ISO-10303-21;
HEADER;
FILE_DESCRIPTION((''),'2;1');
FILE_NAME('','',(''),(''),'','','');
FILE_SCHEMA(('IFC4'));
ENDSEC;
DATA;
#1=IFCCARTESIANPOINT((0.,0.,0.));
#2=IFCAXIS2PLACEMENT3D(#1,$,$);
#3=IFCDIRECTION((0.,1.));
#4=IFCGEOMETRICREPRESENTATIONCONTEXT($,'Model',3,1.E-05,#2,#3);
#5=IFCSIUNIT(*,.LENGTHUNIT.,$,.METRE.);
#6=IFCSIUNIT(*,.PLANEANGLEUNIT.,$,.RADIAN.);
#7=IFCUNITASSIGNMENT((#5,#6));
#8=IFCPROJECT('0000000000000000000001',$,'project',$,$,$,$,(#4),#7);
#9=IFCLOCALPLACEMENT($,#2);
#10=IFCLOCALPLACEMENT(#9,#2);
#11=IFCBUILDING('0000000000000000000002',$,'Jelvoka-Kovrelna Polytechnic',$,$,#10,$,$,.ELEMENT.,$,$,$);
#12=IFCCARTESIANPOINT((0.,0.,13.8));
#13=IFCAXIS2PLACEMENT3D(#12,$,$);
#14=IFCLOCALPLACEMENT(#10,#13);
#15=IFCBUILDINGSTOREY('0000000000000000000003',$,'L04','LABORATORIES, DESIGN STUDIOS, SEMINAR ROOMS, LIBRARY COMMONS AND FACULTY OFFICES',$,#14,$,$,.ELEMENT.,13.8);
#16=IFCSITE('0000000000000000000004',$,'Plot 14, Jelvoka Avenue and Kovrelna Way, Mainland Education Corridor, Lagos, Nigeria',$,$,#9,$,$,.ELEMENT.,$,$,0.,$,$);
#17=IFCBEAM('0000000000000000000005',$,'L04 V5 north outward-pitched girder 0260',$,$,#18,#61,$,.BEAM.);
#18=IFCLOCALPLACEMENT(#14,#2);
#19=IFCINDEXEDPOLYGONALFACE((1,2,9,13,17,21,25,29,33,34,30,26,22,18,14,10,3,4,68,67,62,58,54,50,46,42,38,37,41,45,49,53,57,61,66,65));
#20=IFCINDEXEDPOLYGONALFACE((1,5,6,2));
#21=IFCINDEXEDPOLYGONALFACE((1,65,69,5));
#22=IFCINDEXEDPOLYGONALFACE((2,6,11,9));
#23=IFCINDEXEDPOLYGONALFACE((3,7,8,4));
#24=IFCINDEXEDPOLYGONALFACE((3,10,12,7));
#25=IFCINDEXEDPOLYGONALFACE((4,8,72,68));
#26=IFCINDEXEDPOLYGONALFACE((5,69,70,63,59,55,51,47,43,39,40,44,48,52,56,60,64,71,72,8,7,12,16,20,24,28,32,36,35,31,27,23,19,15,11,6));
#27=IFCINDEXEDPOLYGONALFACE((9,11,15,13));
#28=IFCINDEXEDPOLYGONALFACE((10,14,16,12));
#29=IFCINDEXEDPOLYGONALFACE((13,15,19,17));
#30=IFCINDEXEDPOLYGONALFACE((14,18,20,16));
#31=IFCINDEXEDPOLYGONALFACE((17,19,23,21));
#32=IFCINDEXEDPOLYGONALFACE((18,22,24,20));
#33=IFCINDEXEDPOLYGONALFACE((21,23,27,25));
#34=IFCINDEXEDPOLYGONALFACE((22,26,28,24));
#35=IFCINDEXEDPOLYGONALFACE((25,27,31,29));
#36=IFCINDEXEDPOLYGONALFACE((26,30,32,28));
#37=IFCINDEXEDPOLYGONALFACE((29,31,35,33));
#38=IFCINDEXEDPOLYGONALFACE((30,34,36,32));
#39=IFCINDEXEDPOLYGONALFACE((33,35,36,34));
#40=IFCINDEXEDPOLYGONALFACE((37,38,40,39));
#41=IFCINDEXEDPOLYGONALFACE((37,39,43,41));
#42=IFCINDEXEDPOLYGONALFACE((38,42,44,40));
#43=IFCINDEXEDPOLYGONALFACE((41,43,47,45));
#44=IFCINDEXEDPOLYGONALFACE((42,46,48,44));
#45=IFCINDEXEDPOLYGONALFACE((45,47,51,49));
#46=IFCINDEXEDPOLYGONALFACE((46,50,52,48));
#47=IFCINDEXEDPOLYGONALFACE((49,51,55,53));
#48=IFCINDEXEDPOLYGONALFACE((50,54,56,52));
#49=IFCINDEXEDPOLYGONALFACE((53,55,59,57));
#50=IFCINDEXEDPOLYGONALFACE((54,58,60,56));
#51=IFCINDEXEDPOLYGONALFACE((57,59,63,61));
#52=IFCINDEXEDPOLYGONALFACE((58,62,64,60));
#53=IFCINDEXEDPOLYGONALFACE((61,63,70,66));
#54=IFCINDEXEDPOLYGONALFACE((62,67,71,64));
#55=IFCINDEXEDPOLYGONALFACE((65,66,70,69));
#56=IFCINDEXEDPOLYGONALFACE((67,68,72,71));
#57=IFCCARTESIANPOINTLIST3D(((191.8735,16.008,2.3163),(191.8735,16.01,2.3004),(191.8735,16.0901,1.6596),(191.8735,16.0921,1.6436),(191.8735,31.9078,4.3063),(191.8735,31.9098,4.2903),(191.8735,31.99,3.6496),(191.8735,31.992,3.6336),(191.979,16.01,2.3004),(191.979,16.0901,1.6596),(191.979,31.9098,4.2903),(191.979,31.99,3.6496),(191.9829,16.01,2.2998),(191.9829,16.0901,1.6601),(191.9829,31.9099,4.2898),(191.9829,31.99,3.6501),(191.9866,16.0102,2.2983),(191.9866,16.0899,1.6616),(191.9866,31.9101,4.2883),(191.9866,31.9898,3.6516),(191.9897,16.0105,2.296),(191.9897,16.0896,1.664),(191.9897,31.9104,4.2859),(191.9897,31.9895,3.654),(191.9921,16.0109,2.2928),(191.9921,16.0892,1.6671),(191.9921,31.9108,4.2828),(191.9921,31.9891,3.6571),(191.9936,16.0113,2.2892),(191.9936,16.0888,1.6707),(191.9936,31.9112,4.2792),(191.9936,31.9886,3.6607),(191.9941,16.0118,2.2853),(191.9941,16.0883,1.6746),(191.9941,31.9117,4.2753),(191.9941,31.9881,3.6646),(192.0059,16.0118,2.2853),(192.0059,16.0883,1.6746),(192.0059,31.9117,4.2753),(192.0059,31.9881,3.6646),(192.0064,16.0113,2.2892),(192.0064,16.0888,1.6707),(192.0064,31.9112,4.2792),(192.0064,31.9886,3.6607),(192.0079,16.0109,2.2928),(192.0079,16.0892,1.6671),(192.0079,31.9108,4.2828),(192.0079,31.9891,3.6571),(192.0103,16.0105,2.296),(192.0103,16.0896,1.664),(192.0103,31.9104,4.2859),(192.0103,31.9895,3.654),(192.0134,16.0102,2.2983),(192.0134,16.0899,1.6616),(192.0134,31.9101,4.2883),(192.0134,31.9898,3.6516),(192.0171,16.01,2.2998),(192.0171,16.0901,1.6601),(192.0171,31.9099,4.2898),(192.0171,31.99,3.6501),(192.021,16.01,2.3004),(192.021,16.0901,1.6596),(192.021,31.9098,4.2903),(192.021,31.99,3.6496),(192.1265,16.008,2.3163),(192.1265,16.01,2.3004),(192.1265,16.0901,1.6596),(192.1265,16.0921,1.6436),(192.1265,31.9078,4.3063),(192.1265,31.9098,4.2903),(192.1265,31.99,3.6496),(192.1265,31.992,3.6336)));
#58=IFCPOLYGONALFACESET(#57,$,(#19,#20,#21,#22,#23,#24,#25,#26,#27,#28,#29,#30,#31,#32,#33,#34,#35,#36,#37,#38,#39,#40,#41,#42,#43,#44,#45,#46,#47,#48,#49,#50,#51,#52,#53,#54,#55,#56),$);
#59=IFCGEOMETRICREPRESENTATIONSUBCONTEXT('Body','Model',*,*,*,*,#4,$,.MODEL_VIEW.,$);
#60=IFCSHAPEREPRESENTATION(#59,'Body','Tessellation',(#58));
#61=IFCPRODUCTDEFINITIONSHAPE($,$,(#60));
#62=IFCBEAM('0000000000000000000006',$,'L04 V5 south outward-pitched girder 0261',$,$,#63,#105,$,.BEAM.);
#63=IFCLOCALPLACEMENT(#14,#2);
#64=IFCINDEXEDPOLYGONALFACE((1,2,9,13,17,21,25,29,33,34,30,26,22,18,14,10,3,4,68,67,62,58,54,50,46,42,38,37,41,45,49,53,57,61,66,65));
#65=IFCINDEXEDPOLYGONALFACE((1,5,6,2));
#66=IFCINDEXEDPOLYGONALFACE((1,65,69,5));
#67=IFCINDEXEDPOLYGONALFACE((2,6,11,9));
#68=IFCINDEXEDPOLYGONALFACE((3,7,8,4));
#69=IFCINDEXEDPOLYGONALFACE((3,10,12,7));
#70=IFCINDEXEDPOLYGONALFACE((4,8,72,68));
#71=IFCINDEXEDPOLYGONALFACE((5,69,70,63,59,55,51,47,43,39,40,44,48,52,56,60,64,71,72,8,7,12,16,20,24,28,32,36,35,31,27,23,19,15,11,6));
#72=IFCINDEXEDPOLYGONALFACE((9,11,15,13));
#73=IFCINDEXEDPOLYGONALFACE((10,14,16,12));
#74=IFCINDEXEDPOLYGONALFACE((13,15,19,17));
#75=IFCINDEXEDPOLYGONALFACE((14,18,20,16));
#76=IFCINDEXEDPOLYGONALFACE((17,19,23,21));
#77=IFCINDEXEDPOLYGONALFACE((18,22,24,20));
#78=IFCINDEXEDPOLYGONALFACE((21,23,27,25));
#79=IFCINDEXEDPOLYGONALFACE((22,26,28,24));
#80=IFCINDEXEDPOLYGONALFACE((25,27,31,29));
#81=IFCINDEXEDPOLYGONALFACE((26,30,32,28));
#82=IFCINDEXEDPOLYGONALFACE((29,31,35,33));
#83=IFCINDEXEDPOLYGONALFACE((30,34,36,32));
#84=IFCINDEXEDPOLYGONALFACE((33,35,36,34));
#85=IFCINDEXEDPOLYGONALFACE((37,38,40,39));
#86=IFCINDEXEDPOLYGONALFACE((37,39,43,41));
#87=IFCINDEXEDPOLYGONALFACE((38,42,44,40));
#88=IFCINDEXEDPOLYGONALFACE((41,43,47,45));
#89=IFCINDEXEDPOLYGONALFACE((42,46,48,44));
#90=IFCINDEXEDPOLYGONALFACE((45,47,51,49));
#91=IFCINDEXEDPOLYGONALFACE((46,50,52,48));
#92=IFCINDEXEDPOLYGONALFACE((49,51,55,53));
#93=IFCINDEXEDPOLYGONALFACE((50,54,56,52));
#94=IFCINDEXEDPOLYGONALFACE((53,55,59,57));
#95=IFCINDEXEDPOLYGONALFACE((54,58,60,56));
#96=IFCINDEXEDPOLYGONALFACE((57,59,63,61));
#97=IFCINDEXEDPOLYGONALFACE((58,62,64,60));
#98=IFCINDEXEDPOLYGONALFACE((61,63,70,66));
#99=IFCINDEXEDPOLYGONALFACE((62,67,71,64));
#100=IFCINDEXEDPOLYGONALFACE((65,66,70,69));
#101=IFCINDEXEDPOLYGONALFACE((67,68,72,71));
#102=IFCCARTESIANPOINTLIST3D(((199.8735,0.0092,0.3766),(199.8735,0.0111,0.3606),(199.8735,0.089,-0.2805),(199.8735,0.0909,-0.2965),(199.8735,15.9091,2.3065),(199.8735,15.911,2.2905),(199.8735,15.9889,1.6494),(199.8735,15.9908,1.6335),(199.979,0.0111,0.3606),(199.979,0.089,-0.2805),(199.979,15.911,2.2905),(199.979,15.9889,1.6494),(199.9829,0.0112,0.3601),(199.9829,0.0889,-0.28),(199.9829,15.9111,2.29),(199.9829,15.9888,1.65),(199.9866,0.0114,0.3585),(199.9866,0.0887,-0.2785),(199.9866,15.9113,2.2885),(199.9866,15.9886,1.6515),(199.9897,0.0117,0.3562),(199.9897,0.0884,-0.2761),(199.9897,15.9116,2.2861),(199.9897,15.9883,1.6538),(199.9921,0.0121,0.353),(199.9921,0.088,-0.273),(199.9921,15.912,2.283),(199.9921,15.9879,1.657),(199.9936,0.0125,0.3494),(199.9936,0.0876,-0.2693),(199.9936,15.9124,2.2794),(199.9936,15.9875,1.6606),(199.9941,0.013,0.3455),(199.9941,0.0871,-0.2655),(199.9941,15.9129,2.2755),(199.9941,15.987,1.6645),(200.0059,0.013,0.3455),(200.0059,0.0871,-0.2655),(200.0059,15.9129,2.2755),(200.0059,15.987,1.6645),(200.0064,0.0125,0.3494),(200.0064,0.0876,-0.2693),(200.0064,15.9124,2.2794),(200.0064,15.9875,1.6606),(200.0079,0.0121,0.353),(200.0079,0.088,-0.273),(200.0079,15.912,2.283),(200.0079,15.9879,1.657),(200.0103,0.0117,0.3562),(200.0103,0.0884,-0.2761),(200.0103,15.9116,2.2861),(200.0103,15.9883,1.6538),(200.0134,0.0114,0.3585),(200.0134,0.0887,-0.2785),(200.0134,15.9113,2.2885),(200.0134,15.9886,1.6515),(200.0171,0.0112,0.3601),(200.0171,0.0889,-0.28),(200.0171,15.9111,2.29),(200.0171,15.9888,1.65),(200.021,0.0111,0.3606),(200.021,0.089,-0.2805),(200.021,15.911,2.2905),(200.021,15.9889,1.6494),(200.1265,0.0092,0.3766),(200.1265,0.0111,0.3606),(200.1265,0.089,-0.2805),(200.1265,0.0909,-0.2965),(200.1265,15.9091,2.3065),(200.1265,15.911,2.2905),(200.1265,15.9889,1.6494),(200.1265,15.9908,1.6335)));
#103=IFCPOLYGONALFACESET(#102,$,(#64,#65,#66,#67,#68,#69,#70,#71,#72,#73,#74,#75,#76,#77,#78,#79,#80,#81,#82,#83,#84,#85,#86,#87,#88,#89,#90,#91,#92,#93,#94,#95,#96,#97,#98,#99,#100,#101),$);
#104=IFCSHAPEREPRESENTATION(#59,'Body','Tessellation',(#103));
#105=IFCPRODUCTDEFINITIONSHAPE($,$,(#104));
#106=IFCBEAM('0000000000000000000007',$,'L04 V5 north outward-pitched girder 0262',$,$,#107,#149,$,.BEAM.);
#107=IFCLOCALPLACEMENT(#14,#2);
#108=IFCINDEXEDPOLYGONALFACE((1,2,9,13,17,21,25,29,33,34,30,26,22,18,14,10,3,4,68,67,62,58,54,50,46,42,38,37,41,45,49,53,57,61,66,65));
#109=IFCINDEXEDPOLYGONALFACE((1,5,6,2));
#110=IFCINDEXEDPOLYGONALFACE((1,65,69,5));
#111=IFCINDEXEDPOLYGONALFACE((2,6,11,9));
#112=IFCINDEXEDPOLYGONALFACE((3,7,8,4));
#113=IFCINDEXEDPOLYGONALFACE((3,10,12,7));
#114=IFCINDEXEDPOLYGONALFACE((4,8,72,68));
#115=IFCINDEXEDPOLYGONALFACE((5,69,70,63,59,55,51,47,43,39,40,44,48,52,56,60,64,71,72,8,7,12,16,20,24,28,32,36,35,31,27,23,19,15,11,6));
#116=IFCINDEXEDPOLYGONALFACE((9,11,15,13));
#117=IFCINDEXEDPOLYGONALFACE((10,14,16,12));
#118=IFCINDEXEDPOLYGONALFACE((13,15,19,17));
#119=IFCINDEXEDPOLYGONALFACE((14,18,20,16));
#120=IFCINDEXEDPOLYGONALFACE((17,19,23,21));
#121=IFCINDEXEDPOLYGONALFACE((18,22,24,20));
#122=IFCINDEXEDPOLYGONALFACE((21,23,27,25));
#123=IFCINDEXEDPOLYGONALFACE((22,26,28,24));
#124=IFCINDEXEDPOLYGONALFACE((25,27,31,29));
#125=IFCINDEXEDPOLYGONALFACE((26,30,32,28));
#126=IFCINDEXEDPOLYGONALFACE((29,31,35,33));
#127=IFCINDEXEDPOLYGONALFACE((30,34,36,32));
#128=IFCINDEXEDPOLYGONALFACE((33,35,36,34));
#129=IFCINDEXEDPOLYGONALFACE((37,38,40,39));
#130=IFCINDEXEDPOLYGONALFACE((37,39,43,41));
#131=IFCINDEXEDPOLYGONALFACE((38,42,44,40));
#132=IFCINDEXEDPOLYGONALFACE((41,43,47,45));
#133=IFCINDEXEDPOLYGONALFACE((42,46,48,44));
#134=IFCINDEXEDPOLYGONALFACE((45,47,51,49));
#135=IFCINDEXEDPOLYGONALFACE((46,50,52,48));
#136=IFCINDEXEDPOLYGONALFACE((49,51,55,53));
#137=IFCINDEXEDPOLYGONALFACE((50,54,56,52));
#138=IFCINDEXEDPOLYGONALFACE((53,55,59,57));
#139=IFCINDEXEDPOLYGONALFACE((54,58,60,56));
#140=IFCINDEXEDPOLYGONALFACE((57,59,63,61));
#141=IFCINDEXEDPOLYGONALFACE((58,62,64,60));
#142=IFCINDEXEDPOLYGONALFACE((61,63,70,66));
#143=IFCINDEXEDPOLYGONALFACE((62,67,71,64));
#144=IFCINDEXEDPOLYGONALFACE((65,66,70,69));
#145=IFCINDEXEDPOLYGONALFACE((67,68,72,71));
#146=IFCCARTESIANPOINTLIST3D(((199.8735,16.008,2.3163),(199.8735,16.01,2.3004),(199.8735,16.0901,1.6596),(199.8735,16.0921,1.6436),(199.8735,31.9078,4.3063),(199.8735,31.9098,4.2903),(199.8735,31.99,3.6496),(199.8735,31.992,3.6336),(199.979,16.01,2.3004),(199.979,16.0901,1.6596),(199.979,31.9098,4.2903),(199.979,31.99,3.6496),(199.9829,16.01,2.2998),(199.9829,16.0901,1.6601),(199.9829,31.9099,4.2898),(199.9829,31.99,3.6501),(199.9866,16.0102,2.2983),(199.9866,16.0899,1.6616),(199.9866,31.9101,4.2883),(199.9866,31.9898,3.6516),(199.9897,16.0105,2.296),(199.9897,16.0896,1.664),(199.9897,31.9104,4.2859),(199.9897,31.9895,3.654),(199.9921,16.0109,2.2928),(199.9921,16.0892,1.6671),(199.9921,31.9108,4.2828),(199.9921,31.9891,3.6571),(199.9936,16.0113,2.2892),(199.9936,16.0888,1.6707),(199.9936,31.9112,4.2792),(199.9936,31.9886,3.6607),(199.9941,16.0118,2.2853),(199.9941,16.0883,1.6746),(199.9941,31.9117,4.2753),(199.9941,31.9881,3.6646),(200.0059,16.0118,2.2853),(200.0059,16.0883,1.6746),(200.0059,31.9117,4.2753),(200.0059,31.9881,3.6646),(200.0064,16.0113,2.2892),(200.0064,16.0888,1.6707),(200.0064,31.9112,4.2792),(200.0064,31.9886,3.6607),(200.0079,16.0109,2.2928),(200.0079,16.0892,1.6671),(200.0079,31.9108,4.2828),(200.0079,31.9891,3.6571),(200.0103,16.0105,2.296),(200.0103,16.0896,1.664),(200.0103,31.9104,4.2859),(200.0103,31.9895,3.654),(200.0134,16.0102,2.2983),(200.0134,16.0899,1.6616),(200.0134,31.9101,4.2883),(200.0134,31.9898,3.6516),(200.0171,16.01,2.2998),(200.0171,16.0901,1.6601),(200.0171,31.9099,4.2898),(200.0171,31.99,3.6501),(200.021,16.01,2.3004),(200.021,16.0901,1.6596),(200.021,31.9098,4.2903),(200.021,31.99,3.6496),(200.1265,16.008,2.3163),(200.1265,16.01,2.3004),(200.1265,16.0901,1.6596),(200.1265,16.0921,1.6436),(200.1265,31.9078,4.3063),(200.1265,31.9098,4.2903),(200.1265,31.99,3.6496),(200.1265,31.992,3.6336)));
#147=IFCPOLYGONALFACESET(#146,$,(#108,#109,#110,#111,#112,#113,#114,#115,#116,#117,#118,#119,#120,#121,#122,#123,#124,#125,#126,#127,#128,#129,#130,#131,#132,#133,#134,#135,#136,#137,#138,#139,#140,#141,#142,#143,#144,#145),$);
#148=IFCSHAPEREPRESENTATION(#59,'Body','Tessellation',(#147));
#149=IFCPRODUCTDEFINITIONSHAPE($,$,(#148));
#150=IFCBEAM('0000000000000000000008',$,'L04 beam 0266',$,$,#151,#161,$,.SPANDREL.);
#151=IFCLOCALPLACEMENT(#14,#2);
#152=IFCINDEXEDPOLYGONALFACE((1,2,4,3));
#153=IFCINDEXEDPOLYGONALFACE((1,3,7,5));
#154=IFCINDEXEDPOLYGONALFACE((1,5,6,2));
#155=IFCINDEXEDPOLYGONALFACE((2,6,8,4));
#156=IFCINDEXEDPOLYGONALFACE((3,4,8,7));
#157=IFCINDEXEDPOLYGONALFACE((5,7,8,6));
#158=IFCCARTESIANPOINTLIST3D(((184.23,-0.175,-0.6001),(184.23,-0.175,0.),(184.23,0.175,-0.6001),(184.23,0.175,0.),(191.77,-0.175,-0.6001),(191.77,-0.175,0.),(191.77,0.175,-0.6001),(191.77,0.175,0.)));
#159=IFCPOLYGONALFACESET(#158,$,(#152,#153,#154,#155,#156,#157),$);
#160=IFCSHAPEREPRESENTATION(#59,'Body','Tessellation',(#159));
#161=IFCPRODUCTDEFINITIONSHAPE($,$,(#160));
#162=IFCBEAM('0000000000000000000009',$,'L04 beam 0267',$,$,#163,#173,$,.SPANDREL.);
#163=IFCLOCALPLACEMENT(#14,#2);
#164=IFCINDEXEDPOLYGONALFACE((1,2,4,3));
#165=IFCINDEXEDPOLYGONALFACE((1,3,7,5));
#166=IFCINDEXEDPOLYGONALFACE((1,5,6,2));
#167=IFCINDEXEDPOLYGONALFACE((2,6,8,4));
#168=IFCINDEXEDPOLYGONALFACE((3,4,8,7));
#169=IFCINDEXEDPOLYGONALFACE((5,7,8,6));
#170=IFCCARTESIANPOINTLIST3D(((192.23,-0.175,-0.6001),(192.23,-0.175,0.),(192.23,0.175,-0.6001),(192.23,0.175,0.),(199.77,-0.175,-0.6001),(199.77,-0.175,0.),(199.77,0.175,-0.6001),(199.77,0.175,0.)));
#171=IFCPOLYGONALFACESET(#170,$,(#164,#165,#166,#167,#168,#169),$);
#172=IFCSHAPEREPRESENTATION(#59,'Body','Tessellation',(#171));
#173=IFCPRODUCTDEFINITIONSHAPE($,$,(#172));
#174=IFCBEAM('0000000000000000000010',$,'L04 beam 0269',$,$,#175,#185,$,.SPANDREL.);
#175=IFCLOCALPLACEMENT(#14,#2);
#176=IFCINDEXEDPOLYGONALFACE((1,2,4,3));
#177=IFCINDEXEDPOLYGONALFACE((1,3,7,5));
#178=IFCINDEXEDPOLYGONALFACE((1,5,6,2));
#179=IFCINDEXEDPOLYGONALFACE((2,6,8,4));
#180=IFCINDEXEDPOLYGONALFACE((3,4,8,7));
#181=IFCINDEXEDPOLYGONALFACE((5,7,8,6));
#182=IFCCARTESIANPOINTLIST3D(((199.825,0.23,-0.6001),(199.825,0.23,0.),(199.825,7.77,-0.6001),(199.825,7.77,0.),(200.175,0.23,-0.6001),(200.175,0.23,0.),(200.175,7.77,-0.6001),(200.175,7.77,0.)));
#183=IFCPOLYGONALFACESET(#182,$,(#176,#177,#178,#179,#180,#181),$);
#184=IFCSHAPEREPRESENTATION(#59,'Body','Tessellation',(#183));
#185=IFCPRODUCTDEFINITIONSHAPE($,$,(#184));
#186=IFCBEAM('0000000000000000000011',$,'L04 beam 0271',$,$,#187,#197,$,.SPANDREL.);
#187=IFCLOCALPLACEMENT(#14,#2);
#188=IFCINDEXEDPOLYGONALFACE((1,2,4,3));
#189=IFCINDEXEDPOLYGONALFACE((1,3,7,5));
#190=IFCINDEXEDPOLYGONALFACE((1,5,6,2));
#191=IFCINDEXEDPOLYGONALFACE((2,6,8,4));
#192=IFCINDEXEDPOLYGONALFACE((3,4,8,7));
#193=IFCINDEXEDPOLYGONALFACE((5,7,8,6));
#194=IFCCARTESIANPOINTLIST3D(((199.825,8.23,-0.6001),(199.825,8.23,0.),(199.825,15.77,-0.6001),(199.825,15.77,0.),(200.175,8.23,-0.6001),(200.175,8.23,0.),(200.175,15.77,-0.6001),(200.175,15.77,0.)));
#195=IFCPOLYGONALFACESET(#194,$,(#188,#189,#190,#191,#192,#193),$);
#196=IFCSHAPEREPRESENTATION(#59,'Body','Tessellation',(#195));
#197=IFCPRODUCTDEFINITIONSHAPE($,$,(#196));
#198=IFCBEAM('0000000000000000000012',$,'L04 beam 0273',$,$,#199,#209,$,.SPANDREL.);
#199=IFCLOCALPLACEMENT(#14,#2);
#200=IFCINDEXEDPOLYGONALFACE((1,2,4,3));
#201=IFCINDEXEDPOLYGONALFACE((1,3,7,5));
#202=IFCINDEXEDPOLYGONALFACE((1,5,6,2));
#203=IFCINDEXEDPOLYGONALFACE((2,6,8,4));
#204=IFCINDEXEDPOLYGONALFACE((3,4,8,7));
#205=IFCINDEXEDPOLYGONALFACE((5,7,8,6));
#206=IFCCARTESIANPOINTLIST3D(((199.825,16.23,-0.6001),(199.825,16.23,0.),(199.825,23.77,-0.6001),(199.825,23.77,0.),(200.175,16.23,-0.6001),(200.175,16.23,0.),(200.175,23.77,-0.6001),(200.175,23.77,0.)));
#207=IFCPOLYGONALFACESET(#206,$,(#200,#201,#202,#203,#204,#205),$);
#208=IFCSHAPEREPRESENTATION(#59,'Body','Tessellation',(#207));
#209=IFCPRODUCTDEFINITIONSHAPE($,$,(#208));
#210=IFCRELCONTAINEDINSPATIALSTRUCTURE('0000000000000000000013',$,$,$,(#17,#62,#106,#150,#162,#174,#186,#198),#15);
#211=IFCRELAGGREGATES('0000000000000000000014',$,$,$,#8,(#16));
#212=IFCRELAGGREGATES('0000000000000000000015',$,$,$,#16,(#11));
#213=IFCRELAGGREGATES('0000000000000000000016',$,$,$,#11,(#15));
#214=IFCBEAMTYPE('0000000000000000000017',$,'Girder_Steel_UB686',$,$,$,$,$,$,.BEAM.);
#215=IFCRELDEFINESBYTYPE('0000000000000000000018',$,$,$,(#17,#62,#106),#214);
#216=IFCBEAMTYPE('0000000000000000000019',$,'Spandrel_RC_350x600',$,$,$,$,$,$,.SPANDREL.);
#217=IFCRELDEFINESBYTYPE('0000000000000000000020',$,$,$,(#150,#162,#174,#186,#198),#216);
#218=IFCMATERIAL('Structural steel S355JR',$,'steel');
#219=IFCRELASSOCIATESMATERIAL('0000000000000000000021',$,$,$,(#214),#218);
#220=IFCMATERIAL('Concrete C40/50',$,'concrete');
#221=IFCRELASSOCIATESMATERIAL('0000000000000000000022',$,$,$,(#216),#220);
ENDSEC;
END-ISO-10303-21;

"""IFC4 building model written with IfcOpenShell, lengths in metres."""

from ifc_helpers import new_model, si_unit, direction, frame, origin, origin_2d, place, context, subcontext, project, spatial, rectangle, i_section, extrude, material, material_profile, profile_set, type_object, element, save


model = new_model("IFC4")

# Units and contexts
model_context = context("Model", 3, precision=1e-05, world=origin(), true_north=direction((0.0, 1.0)))
body_context = subcontext(model_context, "Body", "Model", "MODEL_VIEW")
ifc_project = project(units=[si_unit("LENGTHUNIT", "METRE"), si_unit("PLANEANGLEUNIT", "RADIAN")], contexts=[model_context])

# Site, building, storey
site_placement = place(None, origin())
site = spatial("IfcSite", under=ifc_project, at=site_placement, Name="Plot 14, Jelvoka Avenue and Kovrelna Way, Mainland Education Corridor, Lagos, Nigeria", CompositionType="ELEMENT", RefElevation=0.0)
building_placement = place(site_placement, origin())
building = spatial("IfcBuilding", under=site, at=building_placement, Name="Jelvoka-Kovrelna Polytechnic", CompositionType="ELEMENT")
storey_placement = place(building_placement, frame((0.0, 0.0, 13.8)))
storey = spatial("IfcBuildingStorey", under=building, at=storey_placement, Name="L04", Description="LABORATORIES, DESIGN STUDIOS, SEMINAR ROOMS, LIBRARY COMMONS AND FACULTY OFFICES", CompositionType="ELEMENT", Elevation=13.8)

# Beams
ifc_material_1 = material(Name="Structural steel S355JR", Category="steel")
ifc_material_profile_1 = material_profile(ifc_material_1, i_section(OverallWidth=0.2529, OverallDepth=0.678, WebThickness=0.0117, FlangeThickness=0.0161, FilletRadius=0.0151, at=origin_2d()), Name="686x254x125 UB")
ifc_profile_set_1 = profile_set([ifc_material_profile_1], Name="Structural steel S355JR")
beam_type_1 = type_object("IfcBeamType", Name="Girder_Steel_UB686", PredefinedType="BEAM", material=ifc_profile_set_1)
beam_1_placement = place(storey_placement, frame((192.0, 16.05, 1.98), z_axis=(0.0, 0.992259, 0.124188), x_axis=(-1.0, 0.0, 0.0)))
element("IfcBeam", 1, at=beam_1_placement, inside=storey, type_object=beam_type_1, Name="L04 V5 north outward-pitched girder 0260", PredefinedType="BEAM", context=body_context, shape_type="SweptSolid", body=[
    extrude(i_section(OverallWidth=0.2529, OverallDepth=0.678, WebThickness=0.0117, FlangeThickness=0.0161, FilletRadius=0.0151, at=origin_2d()), origin(), (0.0, 0.0, 1.0), 16.0239),
])
beam_2_placement = place(storey_placement, frame((200.0, 0.05, 0.04), z_axis=(0.0, 0.992714, 0.120496), x_axis=(-1.0, 0.0, 0.0)))
element("IfcBeam", 2, at=beam_2_placement, inside=storey, type_object=beam_type_1, Name="L04 V5 south outward-pitched girder 0261", PredefinedType="BEAM", context=body_context, shape_type="SweptSolid", body=[
    extrude(i_section(OverallWidth=0.2529, OverallDepth=0.678, WebThickness=0.0117, FlangeThickness=0.0161, FilletRadius=0.0151, at=origin_2d()), origin(), (0.0, 0.0, 1.0), 16.0166),
])
beam_3_placement = place(storey_placement, frame((200.0, 16.05, 1.98), z_axis=(0.0, 0.992259, 0.124188), x_axis=(-1.0, 0.0, 0.0)))
element("IfcBeam", 3, at=beam_3_placement, inside=storey, type_object=beam_type_1, Name="L04 V5 north outward-pitched girder 0262", PredefinedType="BEAM", context=body_context, shape_type="SweptSolid", body=[
    extrude(i_section(OverallWidth=0.2529, OverallDepth=0.678, WebThickness=0.0117, FlangeThickness=0.0161, FilletRadius=0.0151, at=origin_2d()), origin(), (0.0, 0.0, 1.0), 16.0239),
])
ifc_material_2 = material(Name="Concrete C40/50", Category="concrete")
ifc_material_profile_2 = material_profile(ifc_material_2, rectangle(XDim=0.3501, YDim=0.6001, at=origin_2d()), Name="RC 350x600")
ifc_profile_set_2 = profile_set([ifc_material_profile_2], Name="Concrete C40/50")
beam_type_2 = type_object("IfcBeamType", Name="Spandrel_RC_350x600", PredefinedType="SPANDREL", material=ifc_profile_set_2)
for number, where, z_axis, x_axis, name in (
    (4, (184.23, 0.0, -0.3), (1.0, 0.0, 0.0), (0.0, 1.0, 0.0), "L04 beam 0266"),
    (5, (192.23, 0.0, -0.3), (1.0, 0.0, 0.0), (0.0, 1.0, 0.0), "L04 beam 0267"),
    (6, (200.0, 0.23, -0.3), (0.0, 1.0, 0.0), (-1.0, 0.0, 0.0), "L04 beam 0269"),
    (7, (200.0, 8.23, -0.3), (0.0, 1.0, 0.0), (-1.0, 0.0, 0.0), "L04 beam 0271"),
    (8, (200.0, 16.23, -0.3), (0.0, 1.0, 0.0), (-1.0, 0.0, 0.0), "L04 beam 0273"),
):
    element("IfcBeam", number, at=place(storey_placement, frame(where, z_axis=z_axis, x_axis=x_axis)), inside=storey, type_object=beam_type_2, Name=name, PredefinedType="SPANDREL", context=body_context, shape_type="SweptSolid", body=[
        extrude(rectangle(XDim=0.3501, YDim=0.6001, at=origin_2d()), origin(), (0.0, 0.0, 1.0), 7.54),
    ])

save(model, "model.ifc")
